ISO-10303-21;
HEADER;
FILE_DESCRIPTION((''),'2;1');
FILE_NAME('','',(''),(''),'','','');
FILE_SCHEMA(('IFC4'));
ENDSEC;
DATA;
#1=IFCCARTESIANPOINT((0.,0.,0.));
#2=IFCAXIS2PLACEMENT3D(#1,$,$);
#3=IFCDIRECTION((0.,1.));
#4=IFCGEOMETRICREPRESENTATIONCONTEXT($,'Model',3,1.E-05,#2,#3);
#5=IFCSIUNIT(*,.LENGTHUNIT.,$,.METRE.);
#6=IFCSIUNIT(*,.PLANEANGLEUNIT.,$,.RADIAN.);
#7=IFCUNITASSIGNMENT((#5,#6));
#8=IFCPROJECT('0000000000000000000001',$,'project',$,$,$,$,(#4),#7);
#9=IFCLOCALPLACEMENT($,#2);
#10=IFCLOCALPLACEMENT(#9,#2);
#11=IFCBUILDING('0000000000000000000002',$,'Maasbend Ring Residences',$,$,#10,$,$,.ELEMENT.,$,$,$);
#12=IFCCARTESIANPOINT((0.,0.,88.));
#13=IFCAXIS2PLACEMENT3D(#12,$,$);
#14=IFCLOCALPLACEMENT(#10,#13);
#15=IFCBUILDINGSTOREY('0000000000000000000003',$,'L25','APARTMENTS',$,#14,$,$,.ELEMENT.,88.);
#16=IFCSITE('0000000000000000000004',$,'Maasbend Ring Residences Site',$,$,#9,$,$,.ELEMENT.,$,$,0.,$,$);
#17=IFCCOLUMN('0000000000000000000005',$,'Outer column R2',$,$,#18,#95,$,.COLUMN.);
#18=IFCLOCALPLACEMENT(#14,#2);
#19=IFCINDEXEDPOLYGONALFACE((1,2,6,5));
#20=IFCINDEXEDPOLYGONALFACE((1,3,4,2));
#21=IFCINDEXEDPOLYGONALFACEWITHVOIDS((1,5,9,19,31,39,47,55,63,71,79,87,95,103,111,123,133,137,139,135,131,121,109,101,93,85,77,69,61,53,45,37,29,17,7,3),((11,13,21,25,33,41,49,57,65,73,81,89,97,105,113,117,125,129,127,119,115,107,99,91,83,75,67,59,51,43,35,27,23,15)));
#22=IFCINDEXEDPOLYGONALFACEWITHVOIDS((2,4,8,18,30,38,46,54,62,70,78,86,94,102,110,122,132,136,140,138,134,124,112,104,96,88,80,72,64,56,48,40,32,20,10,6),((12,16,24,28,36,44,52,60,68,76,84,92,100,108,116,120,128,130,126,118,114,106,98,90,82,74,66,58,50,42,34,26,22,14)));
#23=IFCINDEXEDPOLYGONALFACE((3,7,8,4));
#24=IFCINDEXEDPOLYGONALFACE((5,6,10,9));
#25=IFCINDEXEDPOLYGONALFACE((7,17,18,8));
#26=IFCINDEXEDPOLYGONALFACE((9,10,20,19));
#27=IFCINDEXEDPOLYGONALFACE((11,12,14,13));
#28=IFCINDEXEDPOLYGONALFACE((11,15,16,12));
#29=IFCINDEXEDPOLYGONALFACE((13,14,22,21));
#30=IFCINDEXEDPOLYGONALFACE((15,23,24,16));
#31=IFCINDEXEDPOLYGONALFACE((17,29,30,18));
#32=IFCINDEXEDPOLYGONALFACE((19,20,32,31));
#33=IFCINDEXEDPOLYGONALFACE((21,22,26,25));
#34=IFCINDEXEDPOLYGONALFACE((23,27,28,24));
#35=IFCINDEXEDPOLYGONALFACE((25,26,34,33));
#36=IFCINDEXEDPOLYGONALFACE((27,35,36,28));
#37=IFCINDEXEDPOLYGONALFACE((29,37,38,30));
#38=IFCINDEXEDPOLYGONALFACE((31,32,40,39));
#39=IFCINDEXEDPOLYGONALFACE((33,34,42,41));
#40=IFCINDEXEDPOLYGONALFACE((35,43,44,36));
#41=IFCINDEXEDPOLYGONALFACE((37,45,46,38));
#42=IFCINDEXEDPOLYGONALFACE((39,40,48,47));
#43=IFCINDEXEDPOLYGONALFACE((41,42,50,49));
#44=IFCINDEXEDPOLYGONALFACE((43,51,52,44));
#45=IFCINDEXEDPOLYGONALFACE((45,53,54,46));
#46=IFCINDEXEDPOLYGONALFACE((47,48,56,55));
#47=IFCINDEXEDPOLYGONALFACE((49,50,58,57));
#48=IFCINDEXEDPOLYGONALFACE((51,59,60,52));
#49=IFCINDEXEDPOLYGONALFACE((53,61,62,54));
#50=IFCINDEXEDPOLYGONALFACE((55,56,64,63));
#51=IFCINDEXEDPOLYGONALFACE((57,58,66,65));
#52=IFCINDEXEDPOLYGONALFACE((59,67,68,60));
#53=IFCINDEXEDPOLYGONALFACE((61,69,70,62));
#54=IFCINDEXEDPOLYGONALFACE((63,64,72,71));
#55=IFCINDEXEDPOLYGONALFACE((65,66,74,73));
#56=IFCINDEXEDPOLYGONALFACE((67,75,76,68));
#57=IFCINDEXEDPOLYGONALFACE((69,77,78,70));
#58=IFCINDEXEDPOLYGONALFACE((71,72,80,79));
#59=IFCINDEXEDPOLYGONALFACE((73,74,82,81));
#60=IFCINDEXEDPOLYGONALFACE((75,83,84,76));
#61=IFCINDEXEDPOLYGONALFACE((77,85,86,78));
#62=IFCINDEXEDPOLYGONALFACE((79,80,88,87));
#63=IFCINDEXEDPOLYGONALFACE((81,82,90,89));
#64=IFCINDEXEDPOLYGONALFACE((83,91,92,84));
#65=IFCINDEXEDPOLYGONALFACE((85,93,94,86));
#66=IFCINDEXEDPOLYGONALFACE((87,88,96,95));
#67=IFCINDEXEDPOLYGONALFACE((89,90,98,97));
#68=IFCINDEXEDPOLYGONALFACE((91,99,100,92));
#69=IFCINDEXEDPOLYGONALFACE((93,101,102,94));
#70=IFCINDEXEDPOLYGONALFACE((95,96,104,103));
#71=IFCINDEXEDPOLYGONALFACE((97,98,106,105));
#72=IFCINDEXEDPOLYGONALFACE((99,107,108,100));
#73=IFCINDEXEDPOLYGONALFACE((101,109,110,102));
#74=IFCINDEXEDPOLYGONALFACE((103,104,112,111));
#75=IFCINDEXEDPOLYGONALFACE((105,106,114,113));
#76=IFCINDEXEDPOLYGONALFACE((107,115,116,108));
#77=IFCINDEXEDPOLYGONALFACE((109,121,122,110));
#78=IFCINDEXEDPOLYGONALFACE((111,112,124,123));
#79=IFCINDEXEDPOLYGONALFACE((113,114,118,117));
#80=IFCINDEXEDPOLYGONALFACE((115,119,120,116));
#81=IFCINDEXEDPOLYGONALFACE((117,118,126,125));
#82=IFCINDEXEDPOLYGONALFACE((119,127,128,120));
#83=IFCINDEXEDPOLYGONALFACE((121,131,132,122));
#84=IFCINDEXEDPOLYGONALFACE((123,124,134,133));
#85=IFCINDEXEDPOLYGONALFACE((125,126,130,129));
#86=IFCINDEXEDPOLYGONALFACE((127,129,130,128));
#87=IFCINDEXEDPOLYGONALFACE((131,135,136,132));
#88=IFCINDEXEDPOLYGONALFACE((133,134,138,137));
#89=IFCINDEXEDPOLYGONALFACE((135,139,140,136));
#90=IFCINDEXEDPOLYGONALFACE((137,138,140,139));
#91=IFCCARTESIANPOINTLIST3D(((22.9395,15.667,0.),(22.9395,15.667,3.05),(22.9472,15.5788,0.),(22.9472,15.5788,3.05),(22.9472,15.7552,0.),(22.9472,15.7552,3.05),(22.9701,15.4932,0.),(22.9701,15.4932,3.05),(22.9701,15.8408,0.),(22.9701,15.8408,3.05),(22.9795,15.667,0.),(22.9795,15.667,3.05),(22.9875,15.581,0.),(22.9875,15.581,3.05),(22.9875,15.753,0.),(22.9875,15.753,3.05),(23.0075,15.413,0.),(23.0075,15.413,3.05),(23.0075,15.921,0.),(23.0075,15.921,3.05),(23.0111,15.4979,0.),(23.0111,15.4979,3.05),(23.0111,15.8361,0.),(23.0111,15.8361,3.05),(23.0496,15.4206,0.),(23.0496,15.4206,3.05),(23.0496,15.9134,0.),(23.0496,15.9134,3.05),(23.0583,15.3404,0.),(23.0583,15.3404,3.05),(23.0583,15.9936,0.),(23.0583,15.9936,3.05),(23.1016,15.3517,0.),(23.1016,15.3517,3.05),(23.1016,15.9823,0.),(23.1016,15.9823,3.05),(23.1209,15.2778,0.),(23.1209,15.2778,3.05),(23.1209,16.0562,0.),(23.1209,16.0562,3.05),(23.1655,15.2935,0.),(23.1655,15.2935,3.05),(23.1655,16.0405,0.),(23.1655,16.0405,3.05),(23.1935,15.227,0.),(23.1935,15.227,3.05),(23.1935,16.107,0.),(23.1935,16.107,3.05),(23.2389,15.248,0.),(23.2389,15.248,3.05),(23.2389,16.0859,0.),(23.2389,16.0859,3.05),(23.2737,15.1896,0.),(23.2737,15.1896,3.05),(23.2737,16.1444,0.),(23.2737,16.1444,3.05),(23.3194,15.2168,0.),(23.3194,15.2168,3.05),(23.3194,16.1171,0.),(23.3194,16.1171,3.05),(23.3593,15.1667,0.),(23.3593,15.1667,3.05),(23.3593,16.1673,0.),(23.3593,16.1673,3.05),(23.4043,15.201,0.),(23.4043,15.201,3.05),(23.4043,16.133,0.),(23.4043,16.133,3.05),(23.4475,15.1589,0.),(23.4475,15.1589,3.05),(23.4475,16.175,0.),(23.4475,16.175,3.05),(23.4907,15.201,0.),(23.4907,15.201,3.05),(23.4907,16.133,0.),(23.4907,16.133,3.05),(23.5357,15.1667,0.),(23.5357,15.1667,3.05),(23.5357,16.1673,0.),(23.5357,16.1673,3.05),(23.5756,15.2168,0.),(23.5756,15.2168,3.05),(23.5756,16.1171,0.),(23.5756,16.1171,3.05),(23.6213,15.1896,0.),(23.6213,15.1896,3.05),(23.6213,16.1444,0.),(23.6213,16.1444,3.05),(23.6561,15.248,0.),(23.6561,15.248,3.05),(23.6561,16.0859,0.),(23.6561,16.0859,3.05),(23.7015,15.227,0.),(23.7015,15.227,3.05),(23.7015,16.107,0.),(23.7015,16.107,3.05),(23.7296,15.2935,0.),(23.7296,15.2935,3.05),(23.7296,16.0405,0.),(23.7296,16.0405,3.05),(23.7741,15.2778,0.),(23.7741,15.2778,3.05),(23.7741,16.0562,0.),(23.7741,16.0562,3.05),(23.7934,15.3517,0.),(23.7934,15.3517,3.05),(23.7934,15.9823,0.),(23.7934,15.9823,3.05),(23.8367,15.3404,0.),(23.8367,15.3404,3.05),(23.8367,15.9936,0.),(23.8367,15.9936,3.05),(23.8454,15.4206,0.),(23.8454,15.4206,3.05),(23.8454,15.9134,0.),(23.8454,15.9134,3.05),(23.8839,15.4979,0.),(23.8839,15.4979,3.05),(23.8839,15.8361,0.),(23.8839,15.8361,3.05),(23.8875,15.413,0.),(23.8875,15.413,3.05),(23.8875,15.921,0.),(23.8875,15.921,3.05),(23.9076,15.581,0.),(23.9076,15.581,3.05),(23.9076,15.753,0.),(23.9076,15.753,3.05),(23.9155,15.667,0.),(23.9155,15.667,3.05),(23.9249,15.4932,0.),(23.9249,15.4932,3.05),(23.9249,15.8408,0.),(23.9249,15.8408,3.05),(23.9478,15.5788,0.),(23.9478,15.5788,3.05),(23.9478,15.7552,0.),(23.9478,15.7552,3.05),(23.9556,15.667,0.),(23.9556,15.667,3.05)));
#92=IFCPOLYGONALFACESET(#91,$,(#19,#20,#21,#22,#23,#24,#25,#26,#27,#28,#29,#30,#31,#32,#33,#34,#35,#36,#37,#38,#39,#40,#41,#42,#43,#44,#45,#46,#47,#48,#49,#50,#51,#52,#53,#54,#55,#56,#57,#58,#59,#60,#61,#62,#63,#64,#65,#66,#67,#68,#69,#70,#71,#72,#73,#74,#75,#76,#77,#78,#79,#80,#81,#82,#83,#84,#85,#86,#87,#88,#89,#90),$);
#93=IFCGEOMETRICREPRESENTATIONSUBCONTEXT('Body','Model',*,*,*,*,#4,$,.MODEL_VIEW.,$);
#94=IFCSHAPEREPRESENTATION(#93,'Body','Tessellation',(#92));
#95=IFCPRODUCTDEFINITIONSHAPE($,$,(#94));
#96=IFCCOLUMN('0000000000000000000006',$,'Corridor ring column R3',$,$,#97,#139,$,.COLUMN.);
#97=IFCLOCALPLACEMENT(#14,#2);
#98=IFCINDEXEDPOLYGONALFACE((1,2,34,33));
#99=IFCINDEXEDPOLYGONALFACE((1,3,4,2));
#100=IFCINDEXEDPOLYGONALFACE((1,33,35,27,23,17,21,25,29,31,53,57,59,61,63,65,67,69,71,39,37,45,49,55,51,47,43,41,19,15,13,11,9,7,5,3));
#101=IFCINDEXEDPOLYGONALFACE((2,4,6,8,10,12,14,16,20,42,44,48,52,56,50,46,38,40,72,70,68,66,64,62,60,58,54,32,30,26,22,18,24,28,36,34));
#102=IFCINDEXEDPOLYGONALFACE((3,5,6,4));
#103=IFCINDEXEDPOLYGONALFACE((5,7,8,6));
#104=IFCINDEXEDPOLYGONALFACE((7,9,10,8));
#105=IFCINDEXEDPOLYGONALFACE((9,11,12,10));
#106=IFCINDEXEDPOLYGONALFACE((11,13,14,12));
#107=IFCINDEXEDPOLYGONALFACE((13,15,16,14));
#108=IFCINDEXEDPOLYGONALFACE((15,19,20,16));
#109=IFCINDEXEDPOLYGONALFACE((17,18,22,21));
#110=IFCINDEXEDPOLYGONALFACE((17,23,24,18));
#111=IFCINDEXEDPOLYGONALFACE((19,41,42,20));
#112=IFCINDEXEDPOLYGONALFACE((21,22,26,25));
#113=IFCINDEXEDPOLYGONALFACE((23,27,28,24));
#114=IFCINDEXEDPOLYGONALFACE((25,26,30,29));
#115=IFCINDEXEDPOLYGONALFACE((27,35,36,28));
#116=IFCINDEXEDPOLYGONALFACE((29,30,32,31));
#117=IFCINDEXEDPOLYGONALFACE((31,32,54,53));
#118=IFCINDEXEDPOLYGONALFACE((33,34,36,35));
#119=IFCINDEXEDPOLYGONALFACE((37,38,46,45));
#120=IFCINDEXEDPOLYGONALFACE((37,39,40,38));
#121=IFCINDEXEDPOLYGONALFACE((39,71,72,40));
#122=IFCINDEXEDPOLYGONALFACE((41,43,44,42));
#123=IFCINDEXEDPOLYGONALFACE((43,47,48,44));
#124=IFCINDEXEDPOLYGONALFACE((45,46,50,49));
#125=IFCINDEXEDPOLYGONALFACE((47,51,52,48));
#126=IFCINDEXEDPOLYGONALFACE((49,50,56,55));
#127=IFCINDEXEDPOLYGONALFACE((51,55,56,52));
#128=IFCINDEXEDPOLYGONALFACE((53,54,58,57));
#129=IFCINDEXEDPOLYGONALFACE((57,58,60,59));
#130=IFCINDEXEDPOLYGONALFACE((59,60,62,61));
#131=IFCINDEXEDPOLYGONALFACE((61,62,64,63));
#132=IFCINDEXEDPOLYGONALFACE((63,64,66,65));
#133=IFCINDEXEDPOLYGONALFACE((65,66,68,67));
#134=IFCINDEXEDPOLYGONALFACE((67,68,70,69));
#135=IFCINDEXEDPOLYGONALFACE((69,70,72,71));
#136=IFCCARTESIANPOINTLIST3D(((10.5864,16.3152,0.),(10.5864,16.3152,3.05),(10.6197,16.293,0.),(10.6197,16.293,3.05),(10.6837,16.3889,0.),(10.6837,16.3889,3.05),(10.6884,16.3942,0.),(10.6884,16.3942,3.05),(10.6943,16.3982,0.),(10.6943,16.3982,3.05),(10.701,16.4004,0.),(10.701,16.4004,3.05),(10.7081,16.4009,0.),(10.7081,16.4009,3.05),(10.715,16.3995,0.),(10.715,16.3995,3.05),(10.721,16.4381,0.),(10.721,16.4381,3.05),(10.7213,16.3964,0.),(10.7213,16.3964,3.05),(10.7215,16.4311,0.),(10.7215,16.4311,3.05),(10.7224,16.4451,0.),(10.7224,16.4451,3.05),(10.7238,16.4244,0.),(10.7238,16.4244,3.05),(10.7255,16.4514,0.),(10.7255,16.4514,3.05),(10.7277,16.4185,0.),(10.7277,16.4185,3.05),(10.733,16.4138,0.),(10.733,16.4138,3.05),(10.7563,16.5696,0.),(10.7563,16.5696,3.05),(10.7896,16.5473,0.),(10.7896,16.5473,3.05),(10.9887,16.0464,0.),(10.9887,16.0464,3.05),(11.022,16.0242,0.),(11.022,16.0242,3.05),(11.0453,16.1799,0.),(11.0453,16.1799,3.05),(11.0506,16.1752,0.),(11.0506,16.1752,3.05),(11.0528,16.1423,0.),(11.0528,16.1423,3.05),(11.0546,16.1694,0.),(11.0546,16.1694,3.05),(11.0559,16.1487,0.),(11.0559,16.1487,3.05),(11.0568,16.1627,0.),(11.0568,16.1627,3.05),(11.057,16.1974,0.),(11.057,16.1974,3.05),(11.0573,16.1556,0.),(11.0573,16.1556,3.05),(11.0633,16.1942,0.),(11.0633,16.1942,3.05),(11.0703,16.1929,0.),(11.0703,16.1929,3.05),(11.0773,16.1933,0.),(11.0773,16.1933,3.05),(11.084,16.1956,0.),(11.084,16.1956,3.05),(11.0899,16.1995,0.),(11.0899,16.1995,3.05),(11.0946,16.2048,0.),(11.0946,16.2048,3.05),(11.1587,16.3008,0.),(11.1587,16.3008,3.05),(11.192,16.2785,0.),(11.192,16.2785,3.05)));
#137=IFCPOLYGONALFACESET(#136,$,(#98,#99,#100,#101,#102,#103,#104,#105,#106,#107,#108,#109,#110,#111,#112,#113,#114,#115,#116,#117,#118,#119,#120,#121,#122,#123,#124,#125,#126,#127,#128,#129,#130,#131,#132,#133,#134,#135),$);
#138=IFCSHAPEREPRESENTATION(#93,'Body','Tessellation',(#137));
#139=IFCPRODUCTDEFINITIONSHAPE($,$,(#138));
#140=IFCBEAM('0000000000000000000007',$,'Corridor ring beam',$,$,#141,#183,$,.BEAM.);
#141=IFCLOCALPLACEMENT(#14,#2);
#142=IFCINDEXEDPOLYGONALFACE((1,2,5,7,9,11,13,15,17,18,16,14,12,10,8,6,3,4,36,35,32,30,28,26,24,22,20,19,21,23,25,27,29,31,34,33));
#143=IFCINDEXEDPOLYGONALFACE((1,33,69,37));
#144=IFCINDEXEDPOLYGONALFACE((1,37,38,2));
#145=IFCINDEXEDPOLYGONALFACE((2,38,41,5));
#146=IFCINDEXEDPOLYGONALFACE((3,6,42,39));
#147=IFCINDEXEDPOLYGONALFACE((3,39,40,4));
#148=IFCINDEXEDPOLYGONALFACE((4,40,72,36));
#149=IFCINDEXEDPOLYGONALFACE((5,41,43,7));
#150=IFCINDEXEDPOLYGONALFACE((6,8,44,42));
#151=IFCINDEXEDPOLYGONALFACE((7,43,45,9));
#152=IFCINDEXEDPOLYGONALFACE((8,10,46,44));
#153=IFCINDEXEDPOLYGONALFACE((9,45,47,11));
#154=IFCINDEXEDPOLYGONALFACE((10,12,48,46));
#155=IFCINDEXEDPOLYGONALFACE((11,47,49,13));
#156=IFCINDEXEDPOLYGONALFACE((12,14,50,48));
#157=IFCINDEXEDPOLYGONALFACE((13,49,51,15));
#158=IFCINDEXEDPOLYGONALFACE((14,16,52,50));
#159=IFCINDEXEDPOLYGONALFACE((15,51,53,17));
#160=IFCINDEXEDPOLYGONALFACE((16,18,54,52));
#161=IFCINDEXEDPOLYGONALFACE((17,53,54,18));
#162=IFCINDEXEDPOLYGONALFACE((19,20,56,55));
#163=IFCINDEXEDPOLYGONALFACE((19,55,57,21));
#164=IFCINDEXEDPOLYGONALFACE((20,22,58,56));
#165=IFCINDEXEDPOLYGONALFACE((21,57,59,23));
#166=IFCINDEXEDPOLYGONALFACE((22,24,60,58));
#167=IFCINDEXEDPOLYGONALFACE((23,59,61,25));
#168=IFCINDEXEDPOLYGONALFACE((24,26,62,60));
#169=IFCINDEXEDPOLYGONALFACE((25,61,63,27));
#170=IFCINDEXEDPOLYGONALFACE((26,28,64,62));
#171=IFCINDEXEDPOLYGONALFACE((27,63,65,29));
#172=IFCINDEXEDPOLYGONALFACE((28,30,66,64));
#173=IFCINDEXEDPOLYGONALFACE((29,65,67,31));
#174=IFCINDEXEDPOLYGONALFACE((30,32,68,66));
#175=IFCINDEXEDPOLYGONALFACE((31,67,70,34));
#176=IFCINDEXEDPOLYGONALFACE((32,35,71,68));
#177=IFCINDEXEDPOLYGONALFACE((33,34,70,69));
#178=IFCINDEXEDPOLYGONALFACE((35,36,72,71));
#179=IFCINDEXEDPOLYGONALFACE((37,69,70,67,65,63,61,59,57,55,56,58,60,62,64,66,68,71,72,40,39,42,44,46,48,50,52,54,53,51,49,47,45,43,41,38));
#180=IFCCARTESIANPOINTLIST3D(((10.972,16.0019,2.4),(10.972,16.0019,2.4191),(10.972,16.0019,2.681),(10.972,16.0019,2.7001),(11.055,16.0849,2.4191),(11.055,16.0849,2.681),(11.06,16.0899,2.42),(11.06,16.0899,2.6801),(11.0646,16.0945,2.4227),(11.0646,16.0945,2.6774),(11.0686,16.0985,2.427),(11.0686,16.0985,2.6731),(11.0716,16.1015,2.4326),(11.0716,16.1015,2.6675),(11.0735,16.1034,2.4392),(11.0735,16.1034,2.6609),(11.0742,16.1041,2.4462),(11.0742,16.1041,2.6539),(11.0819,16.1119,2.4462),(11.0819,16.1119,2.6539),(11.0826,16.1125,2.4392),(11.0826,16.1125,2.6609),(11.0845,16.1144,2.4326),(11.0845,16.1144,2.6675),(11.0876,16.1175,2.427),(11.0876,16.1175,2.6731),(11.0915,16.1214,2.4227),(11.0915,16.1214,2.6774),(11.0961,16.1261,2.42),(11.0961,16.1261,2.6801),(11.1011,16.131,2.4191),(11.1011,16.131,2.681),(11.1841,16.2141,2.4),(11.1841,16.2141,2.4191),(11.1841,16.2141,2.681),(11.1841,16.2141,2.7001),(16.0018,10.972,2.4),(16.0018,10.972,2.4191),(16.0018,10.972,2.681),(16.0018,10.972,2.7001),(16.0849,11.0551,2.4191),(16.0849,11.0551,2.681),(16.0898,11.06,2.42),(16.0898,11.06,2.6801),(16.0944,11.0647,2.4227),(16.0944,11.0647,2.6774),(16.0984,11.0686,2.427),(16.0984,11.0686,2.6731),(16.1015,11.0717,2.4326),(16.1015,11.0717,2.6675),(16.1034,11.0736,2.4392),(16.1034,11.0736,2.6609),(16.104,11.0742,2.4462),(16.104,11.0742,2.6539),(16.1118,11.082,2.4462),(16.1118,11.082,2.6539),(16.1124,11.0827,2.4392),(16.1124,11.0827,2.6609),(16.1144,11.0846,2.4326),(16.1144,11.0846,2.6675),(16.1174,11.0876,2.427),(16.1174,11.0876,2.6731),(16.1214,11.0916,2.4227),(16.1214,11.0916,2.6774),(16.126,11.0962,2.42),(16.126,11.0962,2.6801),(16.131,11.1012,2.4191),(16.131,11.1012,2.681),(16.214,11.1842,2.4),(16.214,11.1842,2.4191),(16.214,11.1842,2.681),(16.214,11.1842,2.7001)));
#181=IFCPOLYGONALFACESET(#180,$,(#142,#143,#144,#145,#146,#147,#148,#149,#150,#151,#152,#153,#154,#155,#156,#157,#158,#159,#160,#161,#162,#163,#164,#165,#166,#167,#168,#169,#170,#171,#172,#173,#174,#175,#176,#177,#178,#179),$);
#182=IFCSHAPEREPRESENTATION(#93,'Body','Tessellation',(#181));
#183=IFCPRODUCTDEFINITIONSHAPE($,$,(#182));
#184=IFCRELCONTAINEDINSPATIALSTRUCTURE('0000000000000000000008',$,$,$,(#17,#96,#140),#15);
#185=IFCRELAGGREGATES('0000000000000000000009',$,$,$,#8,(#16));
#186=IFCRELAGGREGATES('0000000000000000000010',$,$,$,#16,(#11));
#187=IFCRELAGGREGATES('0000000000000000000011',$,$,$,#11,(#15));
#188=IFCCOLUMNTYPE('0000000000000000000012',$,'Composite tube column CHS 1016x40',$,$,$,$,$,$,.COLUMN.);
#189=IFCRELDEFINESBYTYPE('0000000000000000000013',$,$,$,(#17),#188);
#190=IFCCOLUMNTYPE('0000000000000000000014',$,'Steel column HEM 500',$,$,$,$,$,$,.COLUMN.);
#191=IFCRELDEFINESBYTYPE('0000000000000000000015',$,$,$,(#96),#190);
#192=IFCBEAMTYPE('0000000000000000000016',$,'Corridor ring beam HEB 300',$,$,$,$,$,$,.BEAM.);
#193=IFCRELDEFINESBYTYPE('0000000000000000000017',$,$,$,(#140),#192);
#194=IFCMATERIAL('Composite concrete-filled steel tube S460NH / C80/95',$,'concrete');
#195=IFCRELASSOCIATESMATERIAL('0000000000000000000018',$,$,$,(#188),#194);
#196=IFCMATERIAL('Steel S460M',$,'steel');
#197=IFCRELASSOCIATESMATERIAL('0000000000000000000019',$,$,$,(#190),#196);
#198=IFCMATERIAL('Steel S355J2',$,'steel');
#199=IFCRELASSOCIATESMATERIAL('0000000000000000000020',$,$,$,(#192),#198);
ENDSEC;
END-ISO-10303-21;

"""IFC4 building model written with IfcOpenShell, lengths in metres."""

from ifc_helpers import new_model, si_unit, direction, frame, origin, origin_2d, place, context, subcontext, project, spatial, hollow_circle, i_section, extrude, material, material_profile, profile_set, type_object, element, save


model = new_model("IFC4")

# Units and contexts
model_context = context("Model", 3, precision=1e-05, world=origin(), true_north=direction((0.0, 1.0)))
body_context = subcontext(model_context, "Body", "Model", "MODEL_VIEW")
ifc_project = project(units=[si_unit("LENGTHUNIT", "METRE"), si_unit("PLANEANGLEUNIT", "RADIAN")], contexts=[model_context])

# Site, building, storey
site_placement = place(None, origin())
site = spatial("IfcSite", under=ifc_project, at=site_placement, Name="Maasbend Ring Residences Site", CompositionType="ELEMENT", RefElevation=0.0)
building_placement = place(site_placement, origin())
building = spatial("IfcBuilding", under=site, at=building_placement, Name="Maasbend Ring Residences", CompositionType="ELEMENT")
storey_placement = place(building_placement, frame((0.0, 0.0, 88.0)))
storey = spatial("IfcBuildingStorey", under=building, at=storey_placement, Name="L25", Description="APARTMENTS", CompositionType="ELEMENT", Elevation=88.0)

# Columns
ifc_material_1 = material(Name="Composite concrete-filled steel tube S460NH / C80/95", Category="concrete")
ifc_material_profile_1 = material_profile(ifc_material_1, hollow_circle(Radius=0.5081, WallThickness=0.04, at=origin_2d()), Name="Composite tube column CHS 1016x40")
ifc_profile_set_1 = profile_set([ifc_material_profile_1], Name="Composite concrete-filled steel tube S460NH / C80/95")
column_type_1 = type_object("IfcColumnType", Name="Composite tube column CHS 1016x40", PredefinedType="COLUMN", material=ifc_profile_set_1)
column_1_placement = place(storey_placement, frame((23.4475, 15.667, 0.0), z_axis=(0.0, 0.0, 1.0), x_axis=(1.0, 0.0, 0.0)))
element("IfcColumn", 1, at=column_1_placement, inside=storey, type_object=column_type_1, Name="Outer column R2", PredefinedType="COLUMN", context=body_context, shape_type="SweptSolid", body=[
    extrude(hollow_circle(Radius=0.5081, WallThickness=0.04, at=origin_2d()), origin(), (0.0, 0.0, 1.0), 3.05),
])
ifc_material_2 = material(Name="Steel S460M", Category="steel")
ifc_material_profile_2 = material_profile(ifc_material_2, i_section(OverallWidth=0.3059, OverallDepth=0.5239, WebThickness=0.021, FlangeThickness=0.04, FilletRadius=0.0271, at=origin_2d()), Name="HEM 500")
ifc_profile_set_2 = profile_set([ifc_material_profile_2], Name="Steel S460M")
column_type_2 = type_object("IfcColumnType", Name="Steel column HEM 500", PredefinedType="COLUMN", material=ifc_profile_set_2)
column_2_placement = place(storey_placement, frame((10.8892, 16.2969, 0.0), z_axis=(0.0, 0.0, 1.0), x_axis=(0.55557, 0.83147, 0.0)))
element("IfcColumn", 2, at=column_2_placement, inside=storey, type_object=column_type_2, Name="Corridor ring column R3", PredefinedType="COLUMN", context=body_context, shape_type="SweptSolid", body=[
    extrude(i_section(OverallWidth=0.3059, OverallDepth=0.5239, WebThickness=0.021, FlangeThickness=0.04, FilletRadius=0.0271, at=origin_2d()), origin(), (0.0, 0.0, 1.0), 3.05),
])

# Beam
ifc_material_3 = material(Name="Steel S355J2", Category="steel")
ifc_material_profile_3 = material_profile(ifc_material_3, i_section(OverallWidth=0.3, OverallDepth=0.3, WebThickness=0.011, FlangeThickness=0.019, FilletRadius=0.0271, at=origin_2d()), Name="HEB 300")
ifc_profile_set_3 = profile_set([ifc_material_profile_3], Name="Steel S355J2")
beam_type_1 = type_object("IfcBeamType", Name="Corridor ring beam HEB 300", PredefinedType="BEAM", material=ifc_profile_set_3)
for number, where, z_axis, x_axis, name in (
    (3, (16.1079, 11.0781, 2.55), (-0.707107, 0.707107, 0.0), (-0.707107, -0.707107, 0.0), "Corridor ring beam"),
):
    element("IfcBeam", number, at=place(storey_placement, frame(where, z_axis=z_axis, x_axis=x_axis)), inside=storey, type_object=beam_type_1, Name=name, PredefinedType="BEAM", context=body_context, shape_type="SweptSolid", body=[
        extrude(i_section(OverallWidth=0.3, OverallDepth=0.3, WebThickness=0.011, FlangeThickness=0.019, FilletRadius=0.0271, at=origin_2d()), origin(), (0.0, 0.0, 1.0), 7.1133),
    ])

save(model, "model.ifc")
